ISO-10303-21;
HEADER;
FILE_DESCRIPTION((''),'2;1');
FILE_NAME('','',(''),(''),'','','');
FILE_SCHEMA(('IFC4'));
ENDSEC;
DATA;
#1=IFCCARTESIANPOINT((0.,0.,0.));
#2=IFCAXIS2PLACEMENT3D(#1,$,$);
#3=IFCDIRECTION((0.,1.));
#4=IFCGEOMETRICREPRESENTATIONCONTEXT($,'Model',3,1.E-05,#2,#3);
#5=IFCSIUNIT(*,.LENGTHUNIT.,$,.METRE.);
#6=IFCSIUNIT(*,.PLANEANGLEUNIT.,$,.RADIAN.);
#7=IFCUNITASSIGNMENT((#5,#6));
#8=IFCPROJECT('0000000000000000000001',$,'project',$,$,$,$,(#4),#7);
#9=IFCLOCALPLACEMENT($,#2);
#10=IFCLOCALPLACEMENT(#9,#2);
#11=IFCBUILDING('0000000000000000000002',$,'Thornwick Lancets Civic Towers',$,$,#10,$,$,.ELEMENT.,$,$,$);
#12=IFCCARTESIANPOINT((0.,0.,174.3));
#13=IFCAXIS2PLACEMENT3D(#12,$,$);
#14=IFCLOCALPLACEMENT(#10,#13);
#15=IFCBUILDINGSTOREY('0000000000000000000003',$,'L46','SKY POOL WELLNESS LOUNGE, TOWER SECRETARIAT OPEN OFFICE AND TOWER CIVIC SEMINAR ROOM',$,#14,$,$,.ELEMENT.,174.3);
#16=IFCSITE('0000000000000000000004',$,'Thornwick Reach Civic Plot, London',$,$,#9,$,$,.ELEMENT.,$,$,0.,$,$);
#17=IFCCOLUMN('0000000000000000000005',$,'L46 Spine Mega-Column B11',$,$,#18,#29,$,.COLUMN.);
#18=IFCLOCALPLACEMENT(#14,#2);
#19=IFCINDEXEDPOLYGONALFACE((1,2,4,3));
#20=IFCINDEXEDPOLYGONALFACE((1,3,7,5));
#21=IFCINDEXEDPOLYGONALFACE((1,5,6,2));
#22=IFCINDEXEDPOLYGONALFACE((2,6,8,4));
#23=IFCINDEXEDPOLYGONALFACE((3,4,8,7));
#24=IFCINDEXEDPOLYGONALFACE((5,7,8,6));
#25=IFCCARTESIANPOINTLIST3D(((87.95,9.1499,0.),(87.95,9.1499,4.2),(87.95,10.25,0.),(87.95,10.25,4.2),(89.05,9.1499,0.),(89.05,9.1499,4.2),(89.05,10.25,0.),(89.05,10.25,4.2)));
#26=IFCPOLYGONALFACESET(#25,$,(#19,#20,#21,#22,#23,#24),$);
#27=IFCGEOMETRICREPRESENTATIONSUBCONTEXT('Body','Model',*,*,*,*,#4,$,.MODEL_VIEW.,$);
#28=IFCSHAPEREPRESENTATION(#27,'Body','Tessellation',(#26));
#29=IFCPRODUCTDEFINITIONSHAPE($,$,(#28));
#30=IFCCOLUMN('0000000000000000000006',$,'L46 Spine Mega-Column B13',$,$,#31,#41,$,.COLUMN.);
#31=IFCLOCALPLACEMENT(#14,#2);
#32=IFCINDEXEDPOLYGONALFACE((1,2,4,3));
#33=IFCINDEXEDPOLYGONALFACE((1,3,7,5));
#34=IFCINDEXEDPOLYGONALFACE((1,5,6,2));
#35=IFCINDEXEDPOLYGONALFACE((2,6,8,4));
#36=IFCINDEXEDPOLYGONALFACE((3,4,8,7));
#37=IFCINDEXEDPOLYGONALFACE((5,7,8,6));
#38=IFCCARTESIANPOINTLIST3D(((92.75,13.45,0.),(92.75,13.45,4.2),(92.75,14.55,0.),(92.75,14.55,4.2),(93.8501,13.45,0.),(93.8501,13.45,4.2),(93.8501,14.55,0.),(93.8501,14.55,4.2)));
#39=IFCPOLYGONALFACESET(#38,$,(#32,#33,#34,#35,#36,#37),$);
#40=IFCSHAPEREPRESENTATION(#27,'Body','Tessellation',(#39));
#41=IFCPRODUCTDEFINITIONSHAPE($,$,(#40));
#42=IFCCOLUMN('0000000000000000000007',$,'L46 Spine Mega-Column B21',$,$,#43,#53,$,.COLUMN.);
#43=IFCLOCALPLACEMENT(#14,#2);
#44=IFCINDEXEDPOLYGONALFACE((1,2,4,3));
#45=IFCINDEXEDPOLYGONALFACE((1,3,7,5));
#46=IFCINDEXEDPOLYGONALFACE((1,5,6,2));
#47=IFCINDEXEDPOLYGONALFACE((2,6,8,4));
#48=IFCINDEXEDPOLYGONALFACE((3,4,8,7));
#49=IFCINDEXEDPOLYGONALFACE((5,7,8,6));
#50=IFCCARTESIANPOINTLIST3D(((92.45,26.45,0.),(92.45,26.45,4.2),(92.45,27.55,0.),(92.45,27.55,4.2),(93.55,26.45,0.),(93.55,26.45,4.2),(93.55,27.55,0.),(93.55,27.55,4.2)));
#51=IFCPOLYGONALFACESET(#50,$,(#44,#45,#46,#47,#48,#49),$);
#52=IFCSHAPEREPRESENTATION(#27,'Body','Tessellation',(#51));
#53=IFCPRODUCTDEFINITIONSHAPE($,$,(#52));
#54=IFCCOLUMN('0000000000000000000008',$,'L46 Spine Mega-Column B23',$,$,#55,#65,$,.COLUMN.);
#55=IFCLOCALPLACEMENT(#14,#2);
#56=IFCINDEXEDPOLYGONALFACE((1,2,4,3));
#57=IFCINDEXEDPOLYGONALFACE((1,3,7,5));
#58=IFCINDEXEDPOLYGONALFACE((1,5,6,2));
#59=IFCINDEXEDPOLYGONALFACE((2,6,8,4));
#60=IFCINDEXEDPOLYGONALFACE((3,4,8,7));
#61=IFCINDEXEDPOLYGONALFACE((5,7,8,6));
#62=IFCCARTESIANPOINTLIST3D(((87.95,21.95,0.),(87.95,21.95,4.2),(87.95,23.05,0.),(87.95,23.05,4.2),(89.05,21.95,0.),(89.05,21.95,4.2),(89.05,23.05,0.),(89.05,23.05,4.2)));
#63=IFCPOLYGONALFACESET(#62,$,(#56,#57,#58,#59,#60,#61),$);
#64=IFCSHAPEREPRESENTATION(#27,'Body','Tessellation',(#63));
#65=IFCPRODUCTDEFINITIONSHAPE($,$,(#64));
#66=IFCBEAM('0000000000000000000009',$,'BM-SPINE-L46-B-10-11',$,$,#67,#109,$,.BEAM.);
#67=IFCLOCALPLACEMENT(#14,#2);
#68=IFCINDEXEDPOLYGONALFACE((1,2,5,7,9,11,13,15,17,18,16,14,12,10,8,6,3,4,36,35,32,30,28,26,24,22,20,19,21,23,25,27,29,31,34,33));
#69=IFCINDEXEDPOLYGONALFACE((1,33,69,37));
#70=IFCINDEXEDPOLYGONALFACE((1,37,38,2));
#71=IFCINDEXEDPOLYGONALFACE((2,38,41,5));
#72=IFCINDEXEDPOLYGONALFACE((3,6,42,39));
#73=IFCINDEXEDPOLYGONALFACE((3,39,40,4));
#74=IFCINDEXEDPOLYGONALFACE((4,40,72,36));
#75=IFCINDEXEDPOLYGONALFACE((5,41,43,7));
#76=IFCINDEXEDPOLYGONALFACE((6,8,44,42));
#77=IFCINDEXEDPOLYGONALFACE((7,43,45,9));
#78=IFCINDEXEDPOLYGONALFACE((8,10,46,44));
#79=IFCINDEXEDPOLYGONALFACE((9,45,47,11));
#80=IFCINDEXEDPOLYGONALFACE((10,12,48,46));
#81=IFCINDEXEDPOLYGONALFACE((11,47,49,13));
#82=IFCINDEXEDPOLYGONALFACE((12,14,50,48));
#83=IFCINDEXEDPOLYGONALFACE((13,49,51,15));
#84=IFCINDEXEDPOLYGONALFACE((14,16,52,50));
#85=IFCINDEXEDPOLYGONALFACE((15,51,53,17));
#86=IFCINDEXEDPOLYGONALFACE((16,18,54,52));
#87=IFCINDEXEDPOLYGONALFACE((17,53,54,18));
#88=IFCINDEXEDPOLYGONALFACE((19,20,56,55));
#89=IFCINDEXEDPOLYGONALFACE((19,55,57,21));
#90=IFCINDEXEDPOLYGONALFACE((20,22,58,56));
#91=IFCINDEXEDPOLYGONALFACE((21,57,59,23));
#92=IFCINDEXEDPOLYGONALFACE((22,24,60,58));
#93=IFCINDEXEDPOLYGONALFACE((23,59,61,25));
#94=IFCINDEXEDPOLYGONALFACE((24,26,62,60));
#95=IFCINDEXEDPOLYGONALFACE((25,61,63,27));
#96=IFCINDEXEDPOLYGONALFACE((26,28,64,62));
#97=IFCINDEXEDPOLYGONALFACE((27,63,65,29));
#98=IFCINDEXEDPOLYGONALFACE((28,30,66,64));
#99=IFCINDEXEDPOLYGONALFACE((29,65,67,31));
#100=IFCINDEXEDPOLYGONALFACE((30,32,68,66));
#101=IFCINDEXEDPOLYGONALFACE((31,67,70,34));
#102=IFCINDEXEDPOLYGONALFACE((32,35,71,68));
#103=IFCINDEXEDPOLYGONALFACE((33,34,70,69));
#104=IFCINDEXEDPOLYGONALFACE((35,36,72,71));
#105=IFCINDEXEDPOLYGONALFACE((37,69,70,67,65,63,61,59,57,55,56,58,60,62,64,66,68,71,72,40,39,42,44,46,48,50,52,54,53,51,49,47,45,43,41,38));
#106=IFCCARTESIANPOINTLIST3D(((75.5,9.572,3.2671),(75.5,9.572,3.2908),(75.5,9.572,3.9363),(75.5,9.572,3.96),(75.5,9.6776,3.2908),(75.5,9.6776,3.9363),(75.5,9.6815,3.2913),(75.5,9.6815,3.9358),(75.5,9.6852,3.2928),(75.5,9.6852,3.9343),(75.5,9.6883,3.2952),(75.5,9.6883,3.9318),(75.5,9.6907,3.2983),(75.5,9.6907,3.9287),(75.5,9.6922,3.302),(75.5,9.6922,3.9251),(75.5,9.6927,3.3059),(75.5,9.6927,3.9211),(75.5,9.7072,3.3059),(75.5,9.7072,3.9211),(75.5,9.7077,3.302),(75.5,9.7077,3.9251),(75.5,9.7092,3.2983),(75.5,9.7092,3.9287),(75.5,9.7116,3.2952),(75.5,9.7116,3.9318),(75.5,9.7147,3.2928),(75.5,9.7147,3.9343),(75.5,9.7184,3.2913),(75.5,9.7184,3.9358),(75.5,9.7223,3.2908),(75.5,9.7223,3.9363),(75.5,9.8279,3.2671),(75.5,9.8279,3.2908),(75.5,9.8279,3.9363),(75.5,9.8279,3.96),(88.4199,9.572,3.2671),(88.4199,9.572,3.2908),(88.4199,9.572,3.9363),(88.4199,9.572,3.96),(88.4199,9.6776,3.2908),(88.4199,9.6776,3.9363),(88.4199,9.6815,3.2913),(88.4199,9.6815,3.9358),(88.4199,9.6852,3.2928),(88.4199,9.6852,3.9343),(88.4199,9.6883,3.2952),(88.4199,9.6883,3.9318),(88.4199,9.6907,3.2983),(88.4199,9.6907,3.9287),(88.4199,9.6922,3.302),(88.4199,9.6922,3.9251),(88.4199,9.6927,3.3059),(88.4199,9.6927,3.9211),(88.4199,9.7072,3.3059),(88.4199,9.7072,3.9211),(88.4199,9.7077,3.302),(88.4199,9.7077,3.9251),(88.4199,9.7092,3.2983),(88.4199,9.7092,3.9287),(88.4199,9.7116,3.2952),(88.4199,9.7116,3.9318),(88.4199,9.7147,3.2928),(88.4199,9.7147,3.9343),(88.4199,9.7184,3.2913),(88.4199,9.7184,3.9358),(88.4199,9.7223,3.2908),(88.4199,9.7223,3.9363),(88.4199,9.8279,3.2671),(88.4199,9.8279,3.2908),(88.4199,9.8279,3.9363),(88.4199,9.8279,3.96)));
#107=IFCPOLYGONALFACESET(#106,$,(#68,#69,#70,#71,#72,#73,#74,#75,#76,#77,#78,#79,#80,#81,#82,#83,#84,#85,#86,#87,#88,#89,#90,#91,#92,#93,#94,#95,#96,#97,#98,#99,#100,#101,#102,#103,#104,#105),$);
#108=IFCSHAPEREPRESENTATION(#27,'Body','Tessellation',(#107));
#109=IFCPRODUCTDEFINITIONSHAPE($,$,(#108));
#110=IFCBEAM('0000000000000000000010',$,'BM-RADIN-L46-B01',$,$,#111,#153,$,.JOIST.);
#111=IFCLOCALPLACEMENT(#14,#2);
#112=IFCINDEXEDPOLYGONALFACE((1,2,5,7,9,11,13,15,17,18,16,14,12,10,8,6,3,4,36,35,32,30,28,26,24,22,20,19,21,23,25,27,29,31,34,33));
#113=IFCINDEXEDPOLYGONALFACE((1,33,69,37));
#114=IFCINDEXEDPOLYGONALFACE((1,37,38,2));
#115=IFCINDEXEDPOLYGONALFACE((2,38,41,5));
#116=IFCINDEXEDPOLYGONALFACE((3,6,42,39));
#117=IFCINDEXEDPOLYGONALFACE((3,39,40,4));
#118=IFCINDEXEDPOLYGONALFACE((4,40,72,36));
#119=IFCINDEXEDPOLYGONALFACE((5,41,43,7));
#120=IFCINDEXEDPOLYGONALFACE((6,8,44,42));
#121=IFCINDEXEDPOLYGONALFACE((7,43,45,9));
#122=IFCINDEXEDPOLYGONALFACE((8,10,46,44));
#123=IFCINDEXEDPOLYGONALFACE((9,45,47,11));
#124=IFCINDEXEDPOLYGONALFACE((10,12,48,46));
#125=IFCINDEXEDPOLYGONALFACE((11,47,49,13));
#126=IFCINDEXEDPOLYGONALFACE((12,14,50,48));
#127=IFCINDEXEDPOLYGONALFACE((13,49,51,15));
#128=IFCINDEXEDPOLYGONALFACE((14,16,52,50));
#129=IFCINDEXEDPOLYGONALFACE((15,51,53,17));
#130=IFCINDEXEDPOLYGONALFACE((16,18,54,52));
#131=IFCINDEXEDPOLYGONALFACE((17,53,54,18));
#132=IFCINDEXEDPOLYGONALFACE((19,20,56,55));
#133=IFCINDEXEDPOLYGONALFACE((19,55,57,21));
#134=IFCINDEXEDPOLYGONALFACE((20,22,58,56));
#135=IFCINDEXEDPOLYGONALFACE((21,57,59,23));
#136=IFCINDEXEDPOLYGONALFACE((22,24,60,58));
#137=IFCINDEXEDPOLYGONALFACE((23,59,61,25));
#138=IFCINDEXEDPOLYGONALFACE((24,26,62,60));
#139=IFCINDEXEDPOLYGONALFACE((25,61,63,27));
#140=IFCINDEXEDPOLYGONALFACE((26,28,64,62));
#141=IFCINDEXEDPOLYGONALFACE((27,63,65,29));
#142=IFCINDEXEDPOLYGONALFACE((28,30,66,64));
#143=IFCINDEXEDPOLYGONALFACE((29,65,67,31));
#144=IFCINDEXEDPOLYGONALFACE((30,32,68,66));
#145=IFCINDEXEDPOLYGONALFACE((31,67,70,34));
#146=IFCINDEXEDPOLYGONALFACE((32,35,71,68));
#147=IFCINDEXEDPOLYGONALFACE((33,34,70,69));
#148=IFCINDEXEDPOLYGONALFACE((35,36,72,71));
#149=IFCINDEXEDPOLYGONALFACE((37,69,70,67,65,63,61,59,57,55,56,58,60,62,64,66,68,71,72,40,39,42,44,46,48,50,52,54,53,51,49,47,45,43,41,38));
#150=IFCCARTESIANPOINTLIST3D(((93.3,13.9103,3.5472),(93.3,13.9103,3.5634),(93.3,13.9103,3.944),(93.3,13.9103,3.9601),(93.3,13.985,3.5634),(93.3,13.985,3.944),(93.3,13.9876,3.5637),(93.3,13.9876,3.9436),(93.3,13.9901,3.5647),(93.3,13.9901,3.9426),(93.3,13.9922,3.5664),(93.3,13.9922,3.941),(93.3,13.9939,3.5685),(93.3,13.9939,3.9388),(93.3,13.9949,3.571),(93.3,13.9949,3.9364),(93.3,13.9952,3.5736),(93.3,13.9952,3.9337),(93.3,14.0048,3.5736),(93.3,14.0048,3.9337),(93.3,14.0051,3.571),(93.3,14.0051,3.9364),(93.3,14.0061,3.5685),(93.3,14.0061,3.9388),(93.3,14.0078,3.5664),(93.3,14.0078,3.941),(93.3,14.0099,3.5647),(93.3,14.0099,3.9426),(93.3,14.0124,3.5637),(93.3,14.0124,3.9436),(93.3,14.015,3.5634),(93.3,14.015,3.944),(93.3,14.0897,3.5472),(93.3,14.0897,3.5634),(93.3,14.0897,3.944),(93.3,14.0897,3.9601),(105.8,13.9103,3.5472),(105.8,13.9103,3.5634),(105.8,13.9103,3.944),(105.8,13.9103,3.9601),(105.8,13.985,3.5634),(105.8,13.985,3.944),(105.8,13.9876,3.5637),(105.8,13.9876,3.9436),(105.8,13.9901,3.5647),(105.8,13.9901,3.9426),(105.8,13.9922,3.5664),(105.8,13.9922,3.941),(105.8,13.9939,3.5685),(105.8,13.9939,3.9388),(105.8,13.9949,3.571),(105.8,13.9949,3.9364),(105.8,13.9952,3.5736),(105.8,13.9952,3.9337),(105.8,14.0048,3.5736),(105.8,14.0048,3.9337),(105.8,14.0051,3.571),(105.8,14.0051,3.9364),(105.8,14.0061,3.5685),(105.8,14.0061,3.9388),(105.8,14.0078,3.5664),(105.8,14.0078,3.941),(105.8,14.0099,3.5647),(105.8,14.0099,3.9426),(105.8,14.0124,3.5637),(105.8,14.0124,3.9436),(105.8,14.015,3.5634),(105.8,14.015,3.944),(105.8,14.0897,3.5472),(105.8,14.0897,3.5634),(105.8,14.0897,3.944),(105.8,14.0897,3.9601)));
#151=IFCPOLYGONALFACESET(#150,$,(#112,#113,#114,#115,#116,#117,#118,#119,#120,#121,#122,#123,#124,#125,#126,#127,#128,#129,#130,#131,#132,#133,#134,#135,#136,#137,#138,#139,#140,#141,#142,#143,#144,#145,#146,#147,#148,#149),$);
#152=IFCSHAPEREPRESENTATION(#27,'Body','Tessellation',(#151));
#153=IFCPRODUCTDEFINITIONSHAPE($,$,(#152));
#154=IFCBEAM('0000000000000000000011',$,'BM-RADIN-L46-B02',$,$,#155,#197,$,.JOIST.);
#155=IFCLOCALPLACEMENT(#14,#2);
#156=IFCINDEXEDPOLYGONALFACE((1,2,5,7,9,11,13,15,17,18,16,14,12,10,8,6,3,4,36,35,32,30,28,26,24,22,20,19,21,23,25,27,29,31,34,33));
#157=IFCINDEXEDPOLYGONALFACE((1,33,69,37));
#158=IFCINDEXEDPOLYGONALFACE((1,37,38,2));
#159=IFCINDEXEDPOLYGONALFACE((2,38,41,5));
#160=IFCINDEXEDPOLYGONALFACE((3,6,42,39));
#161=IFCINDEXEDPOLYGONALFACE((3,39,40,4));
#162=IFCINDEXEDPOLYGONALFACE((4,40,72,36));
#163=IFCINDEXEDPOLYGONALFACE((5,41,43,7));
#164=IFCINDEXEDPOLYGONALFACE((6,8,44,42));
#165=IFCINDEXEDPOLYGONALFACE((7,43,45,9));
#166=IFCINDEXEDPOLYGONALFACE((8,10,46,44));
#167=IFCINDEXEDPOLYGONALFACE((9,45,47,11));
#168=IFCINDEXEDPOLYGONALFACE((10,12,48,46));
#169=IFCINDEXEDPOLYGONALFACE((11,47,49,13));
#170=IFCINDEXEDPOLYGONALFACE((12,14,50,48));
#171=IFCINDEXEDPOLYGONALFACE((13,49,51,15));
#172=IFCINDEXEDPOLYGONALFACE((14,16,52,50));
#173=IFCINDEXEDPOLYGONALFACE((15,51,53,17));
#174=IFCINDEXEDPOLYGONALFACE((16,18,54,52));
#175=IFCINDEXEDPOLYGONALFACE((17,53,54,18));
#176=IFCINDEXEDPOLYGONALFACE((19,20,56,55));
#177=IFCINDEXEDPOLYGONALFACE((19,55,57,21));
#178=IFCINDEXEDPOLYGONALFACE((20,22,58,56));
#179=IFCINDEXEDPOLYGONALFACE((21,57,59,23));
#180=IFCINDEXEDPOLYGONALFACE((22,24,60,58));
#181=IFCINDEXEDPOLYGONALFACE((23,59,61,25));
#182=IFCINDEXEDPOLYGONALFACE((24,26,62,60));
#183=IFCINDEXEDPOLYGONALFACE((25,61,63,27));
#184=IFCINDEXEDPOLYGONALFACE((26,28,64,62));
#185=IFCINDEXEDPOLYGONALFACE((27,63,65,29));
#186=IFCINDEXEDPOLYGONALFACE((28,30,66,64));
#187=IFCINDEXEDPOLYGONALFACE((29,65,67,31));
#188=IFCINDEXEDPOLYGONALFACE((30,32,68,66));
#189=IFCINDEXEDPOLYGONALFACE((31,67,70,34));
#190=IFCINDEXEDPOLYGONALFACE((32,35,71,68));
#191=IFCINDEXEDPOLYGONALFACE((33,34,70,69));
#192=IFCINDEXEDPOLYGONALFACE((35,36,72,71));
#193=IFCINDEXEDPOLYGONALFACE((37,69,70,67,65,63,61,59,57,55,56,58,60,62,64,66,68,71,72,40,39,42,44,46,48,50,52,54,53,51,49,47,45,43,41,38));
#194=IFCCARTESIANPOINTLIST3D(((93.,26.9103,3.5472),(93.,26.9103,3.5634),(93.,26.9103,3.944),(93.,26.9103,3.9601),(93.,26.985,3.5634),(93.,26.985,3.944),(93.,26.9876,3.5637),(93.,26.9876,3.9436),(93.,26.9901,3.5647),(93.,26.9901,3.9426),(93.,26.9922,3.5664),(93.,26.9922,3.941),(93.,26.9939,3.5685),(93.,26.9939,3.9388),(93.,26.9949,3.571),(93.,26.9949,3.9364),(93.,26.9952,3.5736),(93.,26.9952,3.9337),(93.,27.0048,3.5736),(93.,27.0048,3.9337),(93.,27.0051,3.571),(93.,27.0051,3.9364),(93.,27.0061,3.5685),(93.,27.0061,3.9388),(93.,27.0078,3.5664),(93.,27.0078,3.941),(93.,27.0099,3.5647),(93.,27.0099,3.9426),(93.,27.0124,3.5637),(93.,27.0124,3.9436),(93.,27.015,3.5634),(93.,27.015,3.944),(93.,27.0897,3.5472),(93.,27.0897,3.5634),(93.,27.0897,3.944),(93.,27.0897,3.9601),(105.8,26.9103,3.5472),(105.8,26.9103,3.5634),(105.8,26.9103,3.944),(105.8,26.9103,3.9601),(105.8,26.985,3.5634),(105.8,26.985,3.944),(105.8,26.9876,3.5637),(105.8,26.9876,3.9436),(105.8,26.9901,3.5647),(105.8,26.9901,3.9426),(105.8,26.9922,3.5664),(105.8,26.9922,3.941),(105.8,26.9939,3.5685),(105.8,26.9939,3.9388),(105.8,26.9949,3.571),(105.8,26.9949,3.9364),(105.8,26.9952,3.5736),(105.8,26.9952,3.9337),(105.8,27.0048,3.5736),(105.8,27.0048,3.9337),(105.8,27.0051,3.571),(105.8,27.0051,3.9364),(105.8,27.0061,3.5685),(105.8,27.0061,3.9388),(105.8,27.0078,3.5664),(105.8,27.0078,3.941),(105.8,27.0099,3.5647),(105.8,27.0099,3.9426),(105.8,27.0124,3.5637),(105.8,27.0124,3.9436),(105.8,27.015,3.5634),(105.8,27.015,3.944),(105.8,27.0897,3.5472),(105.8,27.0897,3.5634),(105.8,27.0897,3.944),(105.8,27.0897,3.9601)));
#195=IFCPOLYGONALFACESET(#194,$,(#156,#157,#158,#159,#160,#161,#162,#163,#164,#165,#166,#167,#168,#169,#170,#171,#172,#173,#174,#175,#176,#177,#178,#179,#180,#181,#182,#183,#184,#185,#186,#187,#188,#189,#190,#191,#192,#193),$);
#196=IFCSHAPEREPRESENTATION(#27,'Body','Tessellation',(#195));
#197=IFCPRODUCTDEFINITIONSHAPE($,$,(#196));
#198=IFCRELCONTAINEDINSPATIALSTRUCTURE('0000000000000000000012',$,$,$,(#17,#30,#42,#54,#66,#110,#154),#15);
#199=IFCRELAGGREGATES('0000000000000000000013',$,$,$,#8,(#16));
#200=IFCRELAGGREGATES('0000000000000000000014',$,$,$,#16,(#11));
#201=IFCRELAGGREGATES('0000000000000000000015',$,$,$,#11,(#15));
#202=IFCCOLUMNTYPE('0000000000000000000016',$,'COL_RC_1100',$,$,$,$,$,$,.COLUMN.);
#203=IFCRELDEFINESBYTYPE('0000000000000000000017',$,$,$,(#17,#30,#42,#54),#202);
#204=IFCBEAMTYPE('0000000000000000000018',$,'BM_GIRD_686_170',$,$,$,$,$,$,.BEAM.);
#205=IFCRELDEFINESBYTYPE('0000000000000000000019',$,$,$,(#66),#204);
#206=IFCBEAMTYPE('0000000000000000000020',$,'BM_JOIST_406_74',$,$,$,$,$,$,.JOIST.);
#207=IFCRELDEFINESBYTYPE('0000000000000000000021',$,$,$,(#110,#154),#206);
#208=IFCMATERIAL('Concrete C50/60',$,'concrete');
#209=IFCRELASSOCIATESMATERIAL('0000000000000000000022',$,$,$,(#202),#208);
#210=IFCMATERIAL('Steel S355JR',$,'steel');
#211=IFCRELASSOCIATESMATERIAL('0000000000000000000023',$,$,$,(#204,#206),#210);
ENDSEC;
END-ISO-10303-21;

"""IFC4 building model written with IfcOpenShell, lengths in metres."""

from ifc_helpers import new_model, si_unit, direction, frame, origin, origin_2d, place, context, subcontext, project, spatial, rectangle, i_section, extrude, material, material_profile, profile_set, type_object, element, save


model = new_model("IFC4")

# Units and contexts
model_context = context("Model", 3, precision=1e-05, world=origin(), true_north=direction((0.0, 1.0)))
body_context = subcontext(model_context, "Body", "Model", "MODEL_VIEW")
ifc_project = project(units=[si_unit("LENGTHUNIT", "METRE"), si_unit("PLANEANGLEUNIT", "RADIAN")], contexts=[model_context])

# Site, building, storey
site_placement = place(None, origin())
site = spatial("IfcSite", under=ifc_project, at=site_placement, Name="Thornwick Reach Civic Plot, London", CompositionType="ELEMENT", RefElevation=0.0)
building_placement = place(site_placement, origin())
building = spatial("IfcBuilding", under=site, at=building_placement, Name="Thornwick Lancets Civic Towers", CompositionType="ELEMENT")
storey_placement = place(building_placement, frame((0.0, 0.0, 174.3)))
storey = spatial("IfcBuildingStorey", under=building, at=storey_placement, Name="L46", Description="SKY POOL WELLNESS LOUNGE, TOWER SECRETARIAT OPEN OFFICE AND TOWER CIVIC SEMINAR ROOM", CompositionType="ELEMENT", Elevation=174.3)

# Columns
ifc_material_1 = material(Name="Concrete C50/60", Category="concrete")
ifc_material_profile_1 = material_profile(ifc_material_1, rectangle(XDim=1.1001, YDim=1.1001, at=origin_2d()), Name="RC 1100x1100")
ifc_profile_set_1 = profile_set([ifc_material_profile_1], Name="Concrete C50/60")
column_type = type_object("IfcColumnType", Name="COL_RC_1100", PredefinedType="COLUMN", material=ifc_profile_set_1)
for number, where, z_axis, x_axis, name in (
    (1, (88.5, 9.7, 0.0), (0.0, 0.0, 1.0), (1.0, 0.0, 0.0), "L46 Spine Mega-Column B11"),
    (2, (93.3, 14.0, 0.0), (0.0, 0.0, 1.0), (1.0, 0.0, 0.0), "L46 Spine Mega-Column B13"),
    (3, (93.0, 27.0, 0.0), (0.0, 0.0, 1.0), (1.0, 0.0, 0.0), "L46 Spine Mega-Column B21"),
    (4, (88.5, 22.5, 0.0), (0.0, 0.0, 1.0), (1.0, 0.0, 0.0), "L46 Spine Mega-Column B23"),
):
    element("IfcColumn", number, at=place(storey_placement, frame(where, z_axis=z_axis, x_axis=x_axis)), inside=storey, type_object=column_type, Name=name, PredefinedType="COLUMN", context=body_context, shape_type="SweptSolid", body=[
        extrude(rectangle(XDim=1.1001, YDim=1.1001, at=origin_2d()), origin(), (0.0, 0.0, 1.0), 4.2),
    ])

# Beams
ifc_material_2 = material(Name="Steel S355JR", Category="steel")
ifc_material_profile_2 = material_profile(ifc_material_2, i_section(OverallWidth=0.2559, OverallDepth=0.6929, WebThickness=0.0144, FlangeThickness=0.0237, FilletRadius=0.0151, at=origin_2d()), Name="UKB 686x254x170")
ifc_profile_set_2 = profile_set([ifc_material_profile_2], Name="Steel S355JR")
beam_type_1 = type_object("IfcBeamType", Name="BM_GIRD_686_170", PredefinedType="BEAM", material=ifc_profile_set_2)
beam_1_placement = place(storey_placement, frame((88.4199, 9.7, 3.6135), z_axis=(-1.0, 0.0, 0.0), x_axis=(0.0, -1.0, 0.0)))
element("IfcBeam", 5, at=beam_1_placement, inside=storey, type_object=beam_type_1, Name="BM-SPINE-L46-B-10-11", PredefinedType="BEAM", context=body_context, shape_type="SweptSolid", body=[
    extrude(i_section(OverallWidth=0.2559, OverallDepth=0.6929, WebThickness=0.0144, FlangeThickness=0.0237, FilletRadius=0.0151, at=origin_2d()), origin(), (0.0, 0.0, 1.0), 12.9199),
])
ifc_material_profile_3 = material_profile(ifc_material_2, i_section(OverallWidth=0.1794, OverallDepth=0.4128, WebThickness=0.0095, FlangeThickness=0.0161, FilletRadius=0.0103, at=origin_2d()), Name="UKB 406x178x74")
ifc_profile_set_3 = profile_set([ifc_material_profile_3], Name="Steel S355JR")
beam_type_2 = type_object("IfcBeamType", Name="BM_JOIST_406_74", PredefinedType="JOIST", material=ifc_profile_set_3)
beam_2_placement = place(storey_placement, frame((93.3, 14.0, 3.7537), z_axis=(1.0, 0.0, 0.0), x_axis=(0.0, 1.0, 0.0)))
element("IfcBeam", 6, at=beam_2_placement, inside=storey, type_object=beam_type_2, Name="BM-RADIN-L46-B01", PredefinedType="JOIST", context=body_context, shape_type="SweptSolid", body=[
    extrude(i_section(OverallWidth=0.1794, OverallDepth=0.4128, WebThickness=0.0095, FlangeThickness=0.0161, FilletRadius=0.0103, at=origin_2d()), origin(), (0.0, 0.0, 1.0), 12.5),
])
for number, where, z_axis, x_axis, name in (
    (7, (93.0, 27.0, 3.7537), (1.0, 0.0, 0.0), (0.0, 1.0, 0.0), "BM-RADIN-L46-B02"),
):
    element("IfcBeam", number, at=place(storey_placement, frame(where, z_axis=z_axis, x_axis=x_axis)), inside=storey, type_object=beam_type_2, Name=name, PredefinedType="JOIST", context=body_context, shape_type="SweptSolid", body=[
        extrude(i_section(OverallWidth=0.1794, OverallDepth=0.4128, WebThickness=0.0095, FlangeThickness=0.0161, FilletRadius=0.0103, at=origin_2d()), origin(), (0.0, 0.0, 1.0), 12.8),
    ])

save(model, "model.ifc")
